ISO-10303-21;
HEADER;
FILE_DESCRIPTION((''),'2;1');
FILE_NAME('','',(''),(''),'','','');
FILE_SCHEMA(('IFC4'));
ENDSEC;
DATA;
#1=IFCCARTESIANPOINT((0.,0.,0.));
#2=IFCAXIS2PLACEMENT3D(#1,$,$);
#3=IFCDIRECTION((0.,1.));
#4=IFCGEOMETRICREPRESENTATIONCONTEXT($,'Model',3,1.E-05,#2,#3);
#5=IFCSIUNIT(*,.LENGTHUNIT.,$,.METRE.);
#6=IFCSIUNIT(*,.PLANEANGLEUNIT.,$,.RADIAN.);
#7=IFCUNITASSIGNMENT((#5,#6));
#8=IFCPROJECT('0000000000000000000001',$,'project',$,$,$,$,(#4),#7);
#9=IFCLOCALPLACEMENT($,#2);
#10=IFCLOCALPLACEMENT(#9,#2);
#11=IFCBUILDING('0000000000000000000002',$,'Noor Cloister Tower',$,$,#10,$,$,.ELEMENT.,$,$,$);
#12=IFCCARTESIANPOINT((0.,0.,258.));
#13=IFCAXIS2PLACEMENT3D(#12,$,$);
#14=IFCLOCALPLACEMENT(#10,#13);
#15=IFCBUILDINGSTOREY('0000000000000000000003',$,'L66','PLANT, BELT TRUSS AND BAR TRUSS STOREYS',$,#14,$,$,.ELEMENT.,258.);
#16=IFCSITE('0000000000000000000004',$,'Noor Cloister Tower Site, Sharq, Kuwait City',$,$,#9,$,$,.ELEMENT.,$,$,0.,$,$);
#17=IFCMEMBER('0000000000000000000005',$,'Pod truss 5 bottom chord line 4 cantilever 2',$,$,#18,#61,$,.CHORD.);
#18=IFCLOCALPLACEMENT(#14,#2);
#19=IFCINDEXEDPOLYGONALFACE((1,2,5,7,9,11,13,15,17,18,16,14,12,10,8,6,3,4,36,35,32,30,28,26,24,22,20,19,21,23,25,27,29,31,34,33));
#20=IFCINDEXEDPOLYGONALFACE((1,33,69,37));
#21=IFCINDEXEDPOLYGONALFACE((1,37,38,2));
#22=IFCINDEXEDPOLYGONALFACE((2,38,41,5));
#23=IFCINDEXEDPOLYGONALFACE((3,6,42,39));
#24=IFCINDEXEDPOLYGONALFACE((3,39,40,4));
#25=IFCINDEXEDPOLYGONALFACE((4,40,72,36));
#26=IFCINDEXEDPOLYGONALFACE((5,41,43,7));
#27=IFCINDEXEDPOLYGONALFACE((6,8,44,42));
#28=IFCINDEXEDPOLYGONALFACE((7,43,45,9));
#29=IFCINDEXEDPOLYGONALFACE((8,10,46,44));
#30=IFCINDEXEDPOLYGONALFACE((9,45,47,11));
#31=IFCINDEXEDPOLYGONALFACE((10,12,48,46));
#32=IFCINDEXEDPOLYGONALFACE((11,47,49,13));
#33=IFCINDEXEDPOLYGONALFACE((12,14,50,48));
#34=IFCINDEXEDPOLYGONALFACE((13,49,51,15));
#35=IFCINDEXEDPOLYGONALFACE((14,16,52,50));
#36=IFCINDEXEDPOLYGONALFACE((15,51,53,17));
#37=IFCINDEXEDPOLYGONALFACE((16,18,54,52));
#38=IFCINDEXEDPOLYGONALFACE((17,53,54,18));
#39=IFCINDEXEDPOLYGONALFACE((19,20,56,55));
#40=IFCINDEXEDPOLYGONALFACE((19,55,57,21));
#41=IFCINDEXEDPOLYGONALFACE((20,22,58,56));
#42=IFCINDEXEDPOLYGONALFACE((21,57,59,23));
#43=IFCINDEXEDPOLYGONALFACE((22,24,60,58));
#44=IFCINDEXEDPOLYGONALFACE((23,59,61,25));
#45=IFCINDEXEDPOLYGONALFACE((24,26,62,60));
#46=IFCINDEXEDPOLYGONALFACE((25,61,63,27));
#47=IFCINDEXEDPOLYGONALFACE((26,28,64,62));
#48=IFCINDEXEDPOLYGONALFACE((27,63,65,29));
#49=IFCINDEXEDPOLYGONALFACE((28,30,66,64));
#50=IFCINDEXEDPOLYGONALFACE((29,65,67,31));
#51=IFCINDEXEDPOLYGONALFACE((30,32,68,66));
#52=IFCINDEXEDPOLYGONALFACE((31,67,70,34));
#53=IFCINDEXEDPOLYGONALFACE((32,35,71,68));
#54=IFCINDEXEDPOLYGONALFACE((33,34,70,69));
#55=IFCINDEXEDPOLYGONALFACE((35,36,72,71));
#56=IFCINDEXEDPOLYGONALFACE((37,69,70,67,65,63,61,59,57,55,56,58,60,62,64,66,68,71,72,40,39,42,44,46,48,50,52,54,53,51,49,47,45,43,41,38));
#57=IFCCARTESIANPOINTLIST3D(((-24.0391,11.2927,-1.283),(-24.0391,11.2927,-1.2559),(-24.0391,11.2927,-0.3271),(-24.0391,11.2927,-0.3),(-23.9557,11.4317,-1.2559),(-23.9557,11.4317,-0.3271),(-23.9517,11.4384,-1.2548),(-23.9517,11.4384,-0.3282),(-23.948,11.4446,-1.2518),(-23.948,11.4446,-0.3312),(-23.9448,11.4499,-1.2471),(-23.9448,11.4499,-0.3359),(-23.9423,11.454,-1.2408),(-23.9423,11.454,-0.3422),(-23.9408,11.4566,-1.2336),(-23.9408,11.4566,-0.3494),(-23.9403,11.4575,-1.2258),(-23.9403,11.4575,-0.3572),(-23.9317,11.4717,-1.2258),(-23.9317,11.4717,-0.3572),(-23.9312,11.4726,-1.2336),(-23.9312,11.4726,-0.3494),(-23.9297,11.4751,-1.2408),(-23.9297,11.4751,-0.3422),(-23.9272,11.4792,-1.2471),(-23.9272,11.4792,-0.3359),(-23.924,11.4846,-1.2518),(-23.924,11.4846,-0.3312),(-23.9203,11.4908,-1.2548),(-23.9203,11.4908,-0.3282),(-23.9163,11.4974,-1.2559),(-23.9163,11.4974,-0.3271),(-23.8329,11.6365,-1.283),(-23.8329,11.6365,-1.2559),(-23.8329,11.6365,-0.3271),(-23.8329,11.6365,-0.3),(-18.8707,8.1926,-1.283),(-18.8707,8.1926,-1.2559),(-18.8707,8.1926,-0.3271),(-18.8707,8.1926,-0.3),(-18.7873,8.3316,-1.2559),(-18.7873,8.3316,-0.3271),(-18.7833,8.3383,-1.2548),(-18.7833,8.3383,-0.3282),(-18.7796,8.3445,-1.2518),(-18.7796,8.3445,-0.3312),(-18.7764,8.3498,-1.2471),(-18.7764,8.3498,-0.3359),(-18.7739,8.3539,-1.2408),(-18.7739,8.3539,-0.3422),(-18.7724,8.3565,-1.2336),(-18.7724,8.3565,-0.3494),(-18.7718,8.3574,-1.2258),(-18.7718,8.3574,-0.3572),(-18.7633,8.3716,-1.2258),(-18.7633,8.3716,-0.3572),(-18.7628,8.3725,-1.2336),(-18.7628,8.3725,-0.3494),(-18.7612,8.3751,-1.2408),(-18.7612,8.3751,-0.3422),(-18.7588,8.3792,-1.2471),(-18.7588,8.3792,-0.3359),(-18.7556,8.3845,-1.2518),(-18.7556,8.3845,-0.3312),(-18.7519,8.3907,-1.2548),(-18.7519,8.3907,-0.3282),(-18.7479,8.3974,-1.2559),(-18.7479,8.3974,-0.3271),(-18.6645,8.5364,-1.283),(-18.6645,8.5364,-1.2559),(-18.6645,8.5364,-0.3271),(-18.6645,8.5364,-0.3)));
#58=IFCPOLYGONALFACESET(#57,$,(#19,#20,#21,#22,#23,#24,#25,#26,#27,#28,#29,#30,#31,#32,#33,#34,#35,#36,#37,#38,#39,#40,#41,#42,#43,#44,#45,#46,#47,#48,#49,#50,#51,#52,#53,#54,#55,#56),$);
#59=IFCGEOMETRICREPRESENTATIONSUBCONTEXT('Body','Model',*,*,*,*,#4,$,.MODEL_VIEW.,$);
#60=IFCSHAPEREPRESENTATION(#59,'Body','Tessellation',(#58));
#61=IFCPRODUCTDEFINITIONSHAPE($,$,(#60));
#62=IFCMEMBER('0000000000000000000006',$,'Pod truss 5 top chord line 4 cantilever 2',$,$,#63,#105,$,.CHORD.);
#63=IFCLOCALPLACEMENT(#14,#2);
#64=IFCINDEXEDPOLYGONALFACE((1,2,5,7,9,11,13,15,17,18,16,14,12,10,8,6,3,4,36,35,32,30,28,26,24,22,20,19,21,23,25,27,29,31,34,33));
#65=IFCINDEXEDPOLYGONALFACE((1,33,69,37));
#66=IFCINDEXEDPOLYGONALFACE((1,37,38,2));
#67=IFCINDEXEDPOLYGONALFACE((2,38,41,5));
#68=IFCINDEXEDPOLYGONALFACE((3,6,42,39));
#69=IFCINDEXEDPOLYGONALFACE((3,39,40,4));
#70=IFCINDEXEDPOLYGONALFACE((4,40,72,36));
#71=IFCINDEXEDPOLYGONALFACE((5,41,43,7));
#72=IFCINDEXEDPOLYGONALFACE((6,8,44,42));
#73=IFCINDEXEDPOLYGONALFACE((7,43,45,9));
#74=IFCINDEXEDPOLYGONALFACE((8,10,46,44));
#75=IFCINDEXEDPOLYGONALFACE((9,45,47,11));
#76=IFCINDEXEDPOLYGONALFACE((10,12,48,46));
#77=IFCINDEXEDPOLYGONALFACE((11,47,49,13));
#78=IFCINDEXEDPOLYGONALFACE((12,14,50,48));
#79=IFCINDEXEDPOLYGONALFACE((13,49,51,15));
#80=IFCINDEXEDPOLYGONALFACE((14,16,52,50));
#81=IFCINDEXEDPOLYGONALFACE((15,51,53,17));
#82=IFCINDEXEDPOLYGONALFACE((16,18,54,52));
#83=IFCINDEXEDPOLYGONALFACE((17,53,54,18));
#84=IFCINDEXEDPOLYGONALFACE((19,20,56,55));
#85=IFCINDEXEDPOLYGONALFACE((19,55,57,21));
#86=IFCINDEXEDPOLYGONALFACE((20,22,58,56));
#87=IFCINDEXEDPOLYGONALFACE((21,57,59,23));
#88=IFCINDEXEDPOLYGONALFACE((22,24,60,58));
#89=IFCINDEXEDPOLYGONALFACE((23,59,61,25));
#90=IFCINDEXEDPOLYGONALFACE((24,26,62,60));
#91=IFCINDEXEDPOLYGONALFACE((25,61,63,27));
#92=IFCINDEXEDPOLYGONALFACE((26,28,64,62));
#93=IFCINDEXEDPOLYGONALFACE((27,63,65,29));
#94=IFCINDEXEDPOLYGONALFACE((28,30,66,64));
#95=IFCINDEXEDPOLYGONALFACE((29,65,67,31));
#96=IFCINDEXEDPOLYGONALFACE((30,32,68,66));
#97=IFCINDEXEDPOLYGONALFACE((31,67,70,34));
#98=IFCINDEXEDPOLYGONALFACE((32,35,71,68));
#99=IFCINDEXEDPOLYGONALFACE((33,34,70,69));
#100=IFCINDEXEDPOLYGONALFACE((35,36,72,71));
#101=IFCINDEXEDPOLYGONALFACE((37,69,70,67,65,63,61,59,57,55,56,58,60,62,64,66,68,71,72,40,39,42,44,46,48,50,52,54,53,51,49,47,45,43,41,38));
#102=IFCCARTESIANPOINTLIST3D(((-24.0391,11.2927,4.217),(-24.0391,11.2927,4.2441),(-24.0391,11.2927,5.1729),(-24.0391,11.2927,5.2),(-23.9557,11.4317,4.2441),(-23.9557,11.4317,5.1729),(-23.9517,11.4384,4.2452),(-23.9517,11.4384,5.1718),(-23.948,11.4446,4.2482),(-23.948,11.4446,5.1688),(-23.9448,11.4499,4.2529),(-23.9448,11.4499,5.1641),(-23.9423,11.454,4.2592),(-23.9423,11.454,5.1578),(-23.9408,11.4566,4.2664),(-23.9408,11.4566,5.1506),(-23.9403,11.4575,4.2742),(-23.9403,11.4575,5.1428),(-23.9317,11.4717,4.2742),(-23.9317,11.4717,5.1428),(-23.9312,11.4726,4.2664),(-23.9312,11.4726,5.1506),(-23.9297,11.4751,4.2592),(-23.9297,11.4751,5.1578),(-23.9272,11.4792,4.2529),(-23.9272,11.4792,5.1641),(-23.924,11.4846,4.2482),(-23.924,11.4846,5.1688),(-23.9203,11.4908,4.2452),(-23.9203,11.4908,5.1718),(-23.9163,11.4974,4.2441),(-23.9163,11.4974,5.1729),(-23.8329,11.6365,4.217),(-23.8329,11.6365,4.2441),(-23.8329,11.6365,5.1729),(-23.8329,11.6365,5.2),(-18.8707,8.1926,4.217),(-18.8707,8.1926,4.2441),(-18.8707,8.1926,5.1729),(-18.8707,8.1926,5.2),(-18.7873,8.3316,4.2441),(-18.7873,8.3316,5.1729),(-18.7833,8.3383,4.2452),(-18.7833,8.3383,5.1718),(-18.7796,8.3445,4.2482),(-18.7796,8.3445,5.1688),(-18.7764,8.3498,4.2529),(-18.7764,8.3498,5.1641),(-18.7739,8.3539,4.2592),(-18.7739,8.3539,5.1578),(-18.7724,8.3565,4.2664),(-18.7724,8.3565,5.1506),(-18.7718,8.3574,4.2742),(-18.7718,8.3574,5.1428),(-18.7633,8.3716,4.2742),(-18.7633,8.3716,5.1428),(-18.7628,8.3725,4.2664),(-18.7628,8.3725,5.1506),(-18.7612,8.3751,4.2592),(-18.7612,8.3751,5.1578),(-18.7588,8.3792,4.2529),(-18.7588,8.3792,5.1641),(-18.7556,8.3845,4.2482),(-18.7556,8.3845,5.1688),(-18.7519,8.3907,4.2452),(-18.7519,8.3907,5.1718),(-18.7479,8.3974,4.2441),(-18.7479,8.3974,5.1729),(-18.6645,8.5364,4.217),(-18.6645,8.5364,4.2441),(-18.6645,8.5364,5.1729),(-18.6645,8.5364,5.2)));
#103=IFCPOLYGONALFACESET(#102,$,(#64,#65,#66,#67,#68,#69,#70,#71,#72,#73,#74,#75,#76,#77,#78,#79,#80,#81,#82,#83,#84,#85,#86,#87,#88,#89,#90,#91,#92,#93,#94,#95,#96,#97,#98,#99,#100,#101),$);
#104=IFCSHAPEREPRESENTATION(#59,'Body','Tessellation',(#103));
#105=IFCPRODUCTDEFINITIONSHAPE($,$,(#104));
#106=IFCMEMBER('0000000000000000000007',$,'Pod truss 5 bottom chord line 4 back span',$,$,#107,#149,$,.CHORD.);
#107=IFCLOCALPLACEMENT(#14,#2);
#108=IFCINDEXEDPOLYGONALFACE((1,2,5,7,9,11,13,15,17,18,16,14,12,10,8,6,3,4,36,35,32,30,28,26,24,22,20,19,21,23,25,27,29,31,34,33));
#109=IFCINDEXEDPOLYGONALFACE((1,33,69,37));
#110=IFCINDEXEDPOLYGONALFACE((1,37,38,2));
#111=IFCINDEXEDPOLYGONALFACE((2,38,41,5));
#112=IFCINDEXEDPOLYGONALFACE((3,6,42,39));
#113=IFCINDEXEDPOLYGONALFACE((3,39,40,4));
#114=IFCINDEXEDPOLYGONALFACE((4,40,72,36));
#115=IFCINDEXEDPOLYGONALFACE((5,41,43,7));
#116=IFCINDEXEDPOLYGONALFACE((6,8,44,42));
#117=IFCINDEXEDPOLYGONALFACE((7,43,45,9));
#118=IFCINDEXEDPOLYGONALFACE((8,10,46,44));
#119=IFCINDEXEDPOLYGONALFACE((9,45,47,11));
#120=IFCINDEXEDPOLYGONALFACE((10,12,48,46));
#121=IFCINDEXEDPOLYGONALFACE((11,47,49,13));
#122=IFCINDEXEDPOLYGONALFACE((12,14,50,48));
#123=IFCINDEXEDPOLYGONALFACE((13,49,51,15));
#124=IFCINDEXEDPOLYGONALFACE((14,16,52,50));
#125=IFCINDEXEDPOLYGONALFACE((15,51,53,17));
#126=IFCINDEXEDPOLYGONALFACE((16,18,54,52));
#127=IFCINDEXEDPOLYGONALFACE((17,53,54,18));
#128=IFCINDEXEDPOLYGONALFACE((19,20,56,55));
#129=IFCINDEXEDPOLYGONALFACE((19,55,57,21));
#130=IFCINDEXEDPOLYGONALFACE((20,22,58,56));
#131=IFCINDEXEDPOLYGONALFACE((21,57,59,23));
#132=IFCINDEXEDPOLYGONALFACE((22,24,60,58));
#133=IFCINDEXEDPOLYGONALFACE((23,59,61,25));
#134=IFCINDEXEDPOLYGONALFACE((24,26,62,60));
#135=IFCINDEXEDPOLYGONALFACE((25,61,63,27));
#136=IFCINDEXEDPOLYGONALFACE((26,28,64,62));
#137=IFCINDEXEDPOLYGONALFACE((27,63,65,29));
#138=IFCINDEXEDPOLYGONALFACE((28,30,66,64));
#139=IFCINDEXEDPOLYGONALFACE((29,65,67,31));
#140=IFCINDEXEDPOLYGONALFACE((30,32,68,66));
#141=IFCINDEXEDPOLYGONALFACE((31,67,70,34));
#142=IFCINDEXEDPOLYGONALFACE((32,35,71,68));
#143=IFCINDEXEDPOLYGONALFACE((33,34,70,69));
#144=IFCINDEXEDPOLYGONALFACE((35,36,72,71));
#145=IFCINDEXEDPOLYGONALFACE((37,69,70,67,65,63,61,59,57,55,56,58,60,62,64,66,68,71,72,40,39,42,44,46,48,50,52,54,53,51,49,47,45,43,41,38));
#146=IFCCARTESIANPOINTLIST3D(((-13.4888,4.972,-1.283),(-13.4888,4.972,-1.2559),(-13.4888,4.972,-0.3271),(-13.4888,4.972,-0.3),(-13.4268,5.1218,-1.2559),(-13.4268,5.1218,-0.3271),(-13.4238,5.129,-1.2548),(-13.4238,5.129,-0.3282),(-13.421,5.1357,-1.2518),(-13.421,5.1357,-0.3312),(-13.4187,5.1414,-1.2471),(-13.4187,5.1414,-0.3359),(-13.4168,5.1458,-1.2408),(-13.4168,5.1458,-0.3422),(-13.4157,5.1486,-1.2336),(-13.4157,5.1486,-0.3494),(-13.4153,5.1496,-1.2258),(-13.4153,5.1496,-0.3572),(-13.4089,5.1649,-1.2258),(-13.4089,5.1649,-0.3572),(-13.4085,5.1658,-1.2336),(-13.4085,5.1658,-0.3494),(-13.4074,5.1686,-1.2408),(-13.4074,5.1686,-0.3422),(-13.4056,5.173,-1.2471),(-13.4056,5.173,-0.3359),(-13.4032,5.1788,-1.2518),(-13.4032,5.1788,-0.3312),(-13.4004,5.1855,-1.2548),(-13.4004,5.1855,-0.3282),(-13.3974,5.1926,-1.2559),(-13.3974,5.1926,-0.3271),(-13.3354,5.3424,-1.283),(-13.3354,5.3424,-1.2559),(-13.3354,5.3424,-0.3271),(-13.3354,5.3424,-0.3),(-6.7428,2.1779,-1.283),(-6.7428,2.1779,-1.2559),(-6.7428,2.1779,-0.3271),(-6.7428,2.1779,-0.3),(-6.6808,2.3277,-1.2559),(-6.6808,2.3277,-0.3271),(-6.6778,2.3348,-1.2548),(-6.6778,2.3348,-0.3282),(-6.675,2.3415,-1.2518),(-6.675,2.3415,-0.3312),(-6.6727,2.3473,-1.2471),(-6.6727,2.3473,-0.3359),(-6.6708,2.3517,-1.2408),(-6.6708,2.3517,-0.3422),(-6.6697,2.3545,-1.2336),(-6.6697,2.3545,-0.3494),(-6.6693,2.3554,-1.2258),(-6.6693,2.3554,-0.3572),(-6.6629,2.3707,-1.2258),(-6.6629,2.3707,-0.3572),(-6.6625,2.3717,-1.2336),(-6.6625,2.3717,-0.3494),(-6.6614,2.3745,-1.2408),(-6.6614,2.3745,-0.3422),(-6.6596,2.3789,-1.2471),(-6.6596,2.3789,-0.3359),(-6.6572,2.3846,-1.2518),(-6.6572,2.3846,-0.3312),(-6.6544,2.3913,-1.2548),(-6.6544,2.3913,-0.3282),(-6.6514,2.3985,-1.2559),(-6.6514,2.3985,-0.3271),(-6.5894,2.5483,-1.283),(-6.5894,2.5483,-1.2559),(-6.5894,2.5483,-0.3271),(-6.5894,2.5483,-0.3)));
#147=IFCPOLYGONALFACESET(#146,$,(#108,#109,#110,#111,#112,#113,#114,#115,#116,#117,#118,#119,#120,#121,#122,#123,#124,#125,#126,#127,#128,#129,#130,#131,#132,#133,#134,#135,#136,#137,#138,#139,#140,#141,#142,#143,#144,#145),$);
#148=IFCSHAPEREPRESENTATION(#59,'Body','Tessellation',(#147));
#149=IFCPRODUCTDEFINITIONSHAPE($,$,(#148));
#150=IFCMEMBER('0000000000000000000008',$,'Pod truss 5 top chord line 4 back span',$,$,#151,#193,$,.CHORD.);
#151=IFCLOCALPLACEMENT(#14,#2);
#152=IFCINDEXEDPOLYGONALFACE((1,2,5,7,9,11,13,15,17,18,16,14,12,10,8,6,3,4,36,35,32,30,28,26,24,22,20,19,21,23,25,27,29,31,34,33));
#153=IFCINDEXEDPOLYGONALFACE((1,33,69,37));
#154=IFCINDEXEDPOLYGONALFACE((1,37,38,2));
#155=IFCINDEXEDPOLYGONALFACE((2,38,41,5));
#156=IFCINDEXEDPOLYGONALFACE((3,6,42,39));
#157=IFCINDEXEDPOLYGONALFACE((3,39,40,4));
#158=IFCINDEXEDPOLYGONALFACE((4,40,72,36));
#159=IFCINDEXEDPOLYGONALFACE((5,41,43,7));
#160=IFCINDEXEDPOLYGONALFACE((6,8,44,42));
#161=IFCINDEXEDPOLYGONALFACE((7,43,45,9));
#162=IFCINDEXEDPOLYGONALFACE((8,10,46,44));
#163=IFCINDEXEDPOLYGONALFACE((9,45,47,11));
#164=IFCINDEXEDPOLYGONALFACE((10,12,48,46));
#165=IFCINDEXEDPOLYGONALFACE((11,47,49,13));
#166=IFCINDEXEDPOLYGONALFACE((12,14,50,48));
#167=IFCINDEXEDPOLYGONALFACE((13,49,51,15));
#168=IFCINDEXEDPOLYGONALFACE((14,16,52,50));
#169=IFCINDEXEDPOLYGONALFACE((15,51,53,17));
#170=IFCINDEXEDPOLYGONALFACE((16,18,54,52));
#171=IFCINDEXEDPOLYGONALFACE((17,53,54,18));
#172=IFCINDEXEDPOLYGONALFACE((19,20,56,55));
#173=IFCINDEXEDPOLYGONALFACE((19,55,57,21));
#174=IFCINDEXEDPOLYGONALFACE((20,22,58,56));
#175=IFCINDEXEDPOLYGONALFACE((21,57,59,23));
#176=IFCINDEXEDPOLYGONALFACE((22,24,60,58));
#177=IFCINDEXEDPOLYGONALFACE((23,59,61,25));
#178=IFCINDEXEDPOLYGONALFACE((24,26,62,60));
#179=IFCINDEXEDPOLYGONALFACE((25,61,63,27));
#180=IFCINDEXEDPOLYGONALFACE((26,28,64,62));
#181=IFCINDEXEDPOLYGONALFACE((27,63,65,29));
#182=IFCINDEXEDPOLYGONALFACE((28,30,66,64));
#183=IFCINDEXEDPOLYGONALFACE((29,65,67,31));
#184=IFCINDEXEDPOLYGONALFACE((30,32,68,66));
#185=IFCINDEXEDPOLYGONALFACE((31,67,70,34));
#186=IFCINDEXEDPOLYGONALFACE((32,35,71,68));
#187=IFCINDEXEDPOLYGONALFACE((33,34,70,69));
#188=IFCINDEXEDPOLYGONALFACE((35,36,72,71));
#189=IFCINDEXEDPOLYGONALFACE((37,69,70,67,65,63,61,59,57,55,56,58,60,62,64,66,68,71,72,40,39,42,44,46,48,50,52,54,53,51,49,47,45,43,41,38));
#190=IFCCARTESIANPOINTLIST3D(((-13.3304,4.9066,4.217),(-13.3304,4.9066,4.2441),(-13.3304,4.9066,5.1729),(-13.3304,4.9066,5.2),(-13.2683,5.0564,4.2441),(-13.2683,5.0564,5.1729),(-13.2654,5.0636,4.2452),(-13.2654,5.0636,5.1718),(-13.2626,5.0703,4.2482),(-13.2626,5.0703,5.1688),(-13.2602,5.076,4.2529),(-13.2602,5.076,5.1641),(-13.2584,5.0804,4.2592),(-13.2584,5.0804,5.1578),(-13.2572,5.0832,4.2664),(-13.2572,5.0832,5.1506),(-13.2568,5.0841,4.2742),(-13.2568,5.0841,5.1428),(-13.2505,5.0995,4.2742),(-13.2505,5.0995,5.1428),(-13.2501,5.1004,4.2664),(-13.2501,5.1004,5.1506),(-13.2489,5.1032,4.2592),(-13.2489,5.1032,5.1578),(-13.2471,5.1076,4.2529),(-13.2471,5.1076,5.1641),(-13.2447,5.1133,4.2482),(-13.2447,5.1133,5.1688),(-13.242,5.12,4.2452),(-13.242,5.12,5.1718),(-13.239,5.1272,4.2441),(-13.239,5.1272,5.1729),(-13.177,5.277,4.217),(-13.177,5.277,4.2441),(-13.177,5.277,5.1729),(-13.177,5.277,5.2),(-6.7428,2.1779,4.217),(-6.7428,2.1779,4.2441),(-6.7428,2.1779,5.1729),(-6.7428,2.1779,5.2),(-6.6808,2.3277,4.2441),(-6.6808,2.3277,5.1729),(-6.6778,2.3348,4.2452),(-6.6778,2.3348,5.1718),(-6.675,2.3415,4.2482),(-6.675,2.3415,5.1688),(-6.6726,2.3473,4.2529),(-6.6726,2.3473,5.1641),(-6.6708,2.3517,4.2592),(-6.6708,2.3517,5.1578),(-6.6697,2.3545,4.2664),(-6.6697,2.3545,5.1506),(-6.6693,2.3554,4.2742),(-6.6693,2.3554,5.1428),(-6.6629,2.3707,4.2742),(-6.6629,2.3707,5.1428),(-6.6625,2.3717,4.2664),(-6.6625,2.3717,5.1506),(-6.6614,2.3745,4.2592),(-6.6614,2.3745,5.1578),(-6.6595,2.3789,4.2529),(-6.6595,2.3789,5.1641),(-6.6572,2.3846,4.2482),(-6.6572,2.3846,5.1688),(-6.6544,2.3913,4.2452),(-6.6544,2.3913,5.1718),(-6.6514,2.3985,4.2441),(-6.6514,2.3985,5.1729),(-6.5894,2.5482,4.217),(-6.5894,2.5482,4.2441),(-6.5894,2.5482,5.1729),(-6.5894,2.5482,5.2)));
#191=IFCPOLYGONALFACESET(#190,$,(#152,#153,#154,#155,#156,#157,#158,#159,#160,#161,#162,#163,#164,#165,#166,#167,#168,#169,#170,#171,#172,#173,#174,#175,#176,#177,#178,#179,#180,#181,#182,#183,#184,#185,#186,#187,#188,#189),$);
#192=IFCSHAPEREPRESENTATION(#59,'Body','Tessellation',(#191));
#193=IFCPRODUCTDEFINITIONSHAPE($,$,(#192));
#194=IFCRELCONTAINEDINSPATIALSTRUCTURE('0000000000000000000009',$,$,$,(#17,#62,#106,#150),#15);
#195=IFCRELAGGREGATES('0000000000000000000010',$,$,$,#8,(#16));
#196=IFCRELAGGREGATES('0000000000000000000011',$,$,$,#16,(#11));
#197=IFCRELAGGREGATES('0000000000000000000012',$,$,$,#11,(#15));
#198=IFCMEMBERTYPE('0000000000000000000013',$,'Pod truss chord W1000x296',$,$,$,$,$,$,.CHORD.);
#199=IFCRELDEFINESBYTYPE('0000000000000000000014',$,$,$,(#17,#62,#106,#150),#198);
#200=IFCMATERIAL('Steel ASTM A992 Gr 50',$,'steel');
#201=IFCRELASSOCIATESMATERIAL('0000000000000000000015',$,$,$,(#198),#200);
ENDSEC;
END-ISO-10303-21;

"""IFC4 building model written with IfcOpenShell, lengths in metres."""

from ifc_helpers import new_model, si_unit, direction, frame, origin, origin_2d, place, context, subcontext, project, spatial, i_section, extrude, material, material_profile, profile_set, type_object, element, save


model = new_model("IFC4")

# Units and contexts
model_context = context("Model", 3, precision=1e-05, world=origin(), true_north=direction((0.0, 1.0)))
body_context = subcontext(model_context, "Body", "Model", "MODEL_VIEW")
ifc_project = project(units=[si_unit("LENGTHUNIT", "METRE"), si_unit("PLANEANGLEUNIT", "RADIAN")], contexts=[model_context])

# Site, building, storey
site_placement = place(None, origin())
site = spatial("IfcSite", under=ifc_project, at=site_placement, Name="Noor Cloister Tower Site, Sharq, Kuwait City", CompositionType="ELEMENT", RefElevation=0.0)
building_placement = place(site_placement, origin())
building = spatial("IfcBuilding", under=site, at=building_placement, Name="Noor Cloister Tower", CompositionType="ELEMENT")
storey_placement = place(building_placement, frame((0.0, 0.0, 258.0)))
storey = spatial("IfcBuildingStorey", under=building, at=storey_placement, Name="L66", Description="PLANT, BELT TRUSS AND BAR TRUSS STOREYS", CompositionType="ELEMENT", Elevation=258.0)

# Members
ifc_material_1 = material(Name="Steel ASTM A992 Gr 50", Category="steel")
ifc_material_profile_1 = material_profile(ifc_material_1, i_section(OverallWidth=0.4009, OverallDepth=0.9829, WebThickness=0.0166, FlangeThickness=0.0271, FilletRadius=0.03, at=origin_2d()), Name="W1000x296")
ifc_profile_set_1 = profile_set([ifc_material_profile_1], Name="Steel ASTM A992 Gr 50")
member_type_1 = type_object("IfcMemberType", Name="Pod truss chord W1000x296", PredefinedType="CHORD", material=ifc_profile_set_1)
for number, where, z_axis, x_axis, name in (
    (1, (-18.7676, 8.3645, -0.7915), (-0.857564, 0.514377, 0.0), (-0.514377, -0.857564, 0.0), "Pod truss 5 bottom chord line 4 cantilever 2"),
    (2, (-18.7676, 8.3645, 4.7085), (-0.857564, 0.514377, 0.0), (-0.514377, -0.857564, 0.0), "Pod truss 5 top chord line 4 cantilever 2"),
):
    element("IfcMember", number, at=place(storey_placement, frame(where, z_axis=z_axis, x_axis=x_axis)), inside=storey, type_object=member_type_1, Name=name, PredefinedType="CHORD", context=body_context, shape_type="SweptSolid", body=[
        extrude(i_section(OverallWidth=0.4009, OverallDepth=0.9829, WebThickness=0.0166, FlangeThickness=0.0271, FilletRadius=0.03, at=origin_2d()), origin(), (0.0, 0.0, 1.0), 6.0269),
    ])
member_1_placement = place(storey_placement, frame((-13.4121, 5.1572, -0.7915), z_axis=(0.923886, -0.382668, 0.0), x_axis=(0.382668, 0.923886, 0.0)))
element("IfcMember", 3, at=member_1_placement, inside=storey, type_object=member_type_1, Name="Pod truss 5 bottom chord line 4 back span", PredefinedType="CHORD", context=body_context, shape_type="SweptSolid", body=[
    extrude(i_section(OverallWidth=0.4009, OverallDepth=0.9829, WebThickness=0.0166, FlangeThickness=0.0271, FilletRadius=0.03, at=origin_2d()), origin(), (0.0, 0.0, 1.0), 7.3018),
])
member_2_placement = place(storey_placement, frame((-13.2537, 5.0918, 4.7085), z_axis=(0.923876, -0.382691, 0.0), x_axis=(0.382691, 0.923876, 0.0)))
element("IfcMember", 4, at=member_2_placement, inside=storey, type_object=member_type_1, Name="Pod truss 5 top chord line 4 back span", PredefinedType="CHORD", context=body_context, shape_type="SweptSolid", body=[
    extrude(i_section(OverallWidth=0.4009, OverallDepth=0.9829, WebThickness=0.0166, FlangeThickness=0.0271, FilletRadius=0.03, at=origin_2d()), origin(), (0.0, 0.0, 1.0), 7.1304),
])

save(model, "model.ifc")
